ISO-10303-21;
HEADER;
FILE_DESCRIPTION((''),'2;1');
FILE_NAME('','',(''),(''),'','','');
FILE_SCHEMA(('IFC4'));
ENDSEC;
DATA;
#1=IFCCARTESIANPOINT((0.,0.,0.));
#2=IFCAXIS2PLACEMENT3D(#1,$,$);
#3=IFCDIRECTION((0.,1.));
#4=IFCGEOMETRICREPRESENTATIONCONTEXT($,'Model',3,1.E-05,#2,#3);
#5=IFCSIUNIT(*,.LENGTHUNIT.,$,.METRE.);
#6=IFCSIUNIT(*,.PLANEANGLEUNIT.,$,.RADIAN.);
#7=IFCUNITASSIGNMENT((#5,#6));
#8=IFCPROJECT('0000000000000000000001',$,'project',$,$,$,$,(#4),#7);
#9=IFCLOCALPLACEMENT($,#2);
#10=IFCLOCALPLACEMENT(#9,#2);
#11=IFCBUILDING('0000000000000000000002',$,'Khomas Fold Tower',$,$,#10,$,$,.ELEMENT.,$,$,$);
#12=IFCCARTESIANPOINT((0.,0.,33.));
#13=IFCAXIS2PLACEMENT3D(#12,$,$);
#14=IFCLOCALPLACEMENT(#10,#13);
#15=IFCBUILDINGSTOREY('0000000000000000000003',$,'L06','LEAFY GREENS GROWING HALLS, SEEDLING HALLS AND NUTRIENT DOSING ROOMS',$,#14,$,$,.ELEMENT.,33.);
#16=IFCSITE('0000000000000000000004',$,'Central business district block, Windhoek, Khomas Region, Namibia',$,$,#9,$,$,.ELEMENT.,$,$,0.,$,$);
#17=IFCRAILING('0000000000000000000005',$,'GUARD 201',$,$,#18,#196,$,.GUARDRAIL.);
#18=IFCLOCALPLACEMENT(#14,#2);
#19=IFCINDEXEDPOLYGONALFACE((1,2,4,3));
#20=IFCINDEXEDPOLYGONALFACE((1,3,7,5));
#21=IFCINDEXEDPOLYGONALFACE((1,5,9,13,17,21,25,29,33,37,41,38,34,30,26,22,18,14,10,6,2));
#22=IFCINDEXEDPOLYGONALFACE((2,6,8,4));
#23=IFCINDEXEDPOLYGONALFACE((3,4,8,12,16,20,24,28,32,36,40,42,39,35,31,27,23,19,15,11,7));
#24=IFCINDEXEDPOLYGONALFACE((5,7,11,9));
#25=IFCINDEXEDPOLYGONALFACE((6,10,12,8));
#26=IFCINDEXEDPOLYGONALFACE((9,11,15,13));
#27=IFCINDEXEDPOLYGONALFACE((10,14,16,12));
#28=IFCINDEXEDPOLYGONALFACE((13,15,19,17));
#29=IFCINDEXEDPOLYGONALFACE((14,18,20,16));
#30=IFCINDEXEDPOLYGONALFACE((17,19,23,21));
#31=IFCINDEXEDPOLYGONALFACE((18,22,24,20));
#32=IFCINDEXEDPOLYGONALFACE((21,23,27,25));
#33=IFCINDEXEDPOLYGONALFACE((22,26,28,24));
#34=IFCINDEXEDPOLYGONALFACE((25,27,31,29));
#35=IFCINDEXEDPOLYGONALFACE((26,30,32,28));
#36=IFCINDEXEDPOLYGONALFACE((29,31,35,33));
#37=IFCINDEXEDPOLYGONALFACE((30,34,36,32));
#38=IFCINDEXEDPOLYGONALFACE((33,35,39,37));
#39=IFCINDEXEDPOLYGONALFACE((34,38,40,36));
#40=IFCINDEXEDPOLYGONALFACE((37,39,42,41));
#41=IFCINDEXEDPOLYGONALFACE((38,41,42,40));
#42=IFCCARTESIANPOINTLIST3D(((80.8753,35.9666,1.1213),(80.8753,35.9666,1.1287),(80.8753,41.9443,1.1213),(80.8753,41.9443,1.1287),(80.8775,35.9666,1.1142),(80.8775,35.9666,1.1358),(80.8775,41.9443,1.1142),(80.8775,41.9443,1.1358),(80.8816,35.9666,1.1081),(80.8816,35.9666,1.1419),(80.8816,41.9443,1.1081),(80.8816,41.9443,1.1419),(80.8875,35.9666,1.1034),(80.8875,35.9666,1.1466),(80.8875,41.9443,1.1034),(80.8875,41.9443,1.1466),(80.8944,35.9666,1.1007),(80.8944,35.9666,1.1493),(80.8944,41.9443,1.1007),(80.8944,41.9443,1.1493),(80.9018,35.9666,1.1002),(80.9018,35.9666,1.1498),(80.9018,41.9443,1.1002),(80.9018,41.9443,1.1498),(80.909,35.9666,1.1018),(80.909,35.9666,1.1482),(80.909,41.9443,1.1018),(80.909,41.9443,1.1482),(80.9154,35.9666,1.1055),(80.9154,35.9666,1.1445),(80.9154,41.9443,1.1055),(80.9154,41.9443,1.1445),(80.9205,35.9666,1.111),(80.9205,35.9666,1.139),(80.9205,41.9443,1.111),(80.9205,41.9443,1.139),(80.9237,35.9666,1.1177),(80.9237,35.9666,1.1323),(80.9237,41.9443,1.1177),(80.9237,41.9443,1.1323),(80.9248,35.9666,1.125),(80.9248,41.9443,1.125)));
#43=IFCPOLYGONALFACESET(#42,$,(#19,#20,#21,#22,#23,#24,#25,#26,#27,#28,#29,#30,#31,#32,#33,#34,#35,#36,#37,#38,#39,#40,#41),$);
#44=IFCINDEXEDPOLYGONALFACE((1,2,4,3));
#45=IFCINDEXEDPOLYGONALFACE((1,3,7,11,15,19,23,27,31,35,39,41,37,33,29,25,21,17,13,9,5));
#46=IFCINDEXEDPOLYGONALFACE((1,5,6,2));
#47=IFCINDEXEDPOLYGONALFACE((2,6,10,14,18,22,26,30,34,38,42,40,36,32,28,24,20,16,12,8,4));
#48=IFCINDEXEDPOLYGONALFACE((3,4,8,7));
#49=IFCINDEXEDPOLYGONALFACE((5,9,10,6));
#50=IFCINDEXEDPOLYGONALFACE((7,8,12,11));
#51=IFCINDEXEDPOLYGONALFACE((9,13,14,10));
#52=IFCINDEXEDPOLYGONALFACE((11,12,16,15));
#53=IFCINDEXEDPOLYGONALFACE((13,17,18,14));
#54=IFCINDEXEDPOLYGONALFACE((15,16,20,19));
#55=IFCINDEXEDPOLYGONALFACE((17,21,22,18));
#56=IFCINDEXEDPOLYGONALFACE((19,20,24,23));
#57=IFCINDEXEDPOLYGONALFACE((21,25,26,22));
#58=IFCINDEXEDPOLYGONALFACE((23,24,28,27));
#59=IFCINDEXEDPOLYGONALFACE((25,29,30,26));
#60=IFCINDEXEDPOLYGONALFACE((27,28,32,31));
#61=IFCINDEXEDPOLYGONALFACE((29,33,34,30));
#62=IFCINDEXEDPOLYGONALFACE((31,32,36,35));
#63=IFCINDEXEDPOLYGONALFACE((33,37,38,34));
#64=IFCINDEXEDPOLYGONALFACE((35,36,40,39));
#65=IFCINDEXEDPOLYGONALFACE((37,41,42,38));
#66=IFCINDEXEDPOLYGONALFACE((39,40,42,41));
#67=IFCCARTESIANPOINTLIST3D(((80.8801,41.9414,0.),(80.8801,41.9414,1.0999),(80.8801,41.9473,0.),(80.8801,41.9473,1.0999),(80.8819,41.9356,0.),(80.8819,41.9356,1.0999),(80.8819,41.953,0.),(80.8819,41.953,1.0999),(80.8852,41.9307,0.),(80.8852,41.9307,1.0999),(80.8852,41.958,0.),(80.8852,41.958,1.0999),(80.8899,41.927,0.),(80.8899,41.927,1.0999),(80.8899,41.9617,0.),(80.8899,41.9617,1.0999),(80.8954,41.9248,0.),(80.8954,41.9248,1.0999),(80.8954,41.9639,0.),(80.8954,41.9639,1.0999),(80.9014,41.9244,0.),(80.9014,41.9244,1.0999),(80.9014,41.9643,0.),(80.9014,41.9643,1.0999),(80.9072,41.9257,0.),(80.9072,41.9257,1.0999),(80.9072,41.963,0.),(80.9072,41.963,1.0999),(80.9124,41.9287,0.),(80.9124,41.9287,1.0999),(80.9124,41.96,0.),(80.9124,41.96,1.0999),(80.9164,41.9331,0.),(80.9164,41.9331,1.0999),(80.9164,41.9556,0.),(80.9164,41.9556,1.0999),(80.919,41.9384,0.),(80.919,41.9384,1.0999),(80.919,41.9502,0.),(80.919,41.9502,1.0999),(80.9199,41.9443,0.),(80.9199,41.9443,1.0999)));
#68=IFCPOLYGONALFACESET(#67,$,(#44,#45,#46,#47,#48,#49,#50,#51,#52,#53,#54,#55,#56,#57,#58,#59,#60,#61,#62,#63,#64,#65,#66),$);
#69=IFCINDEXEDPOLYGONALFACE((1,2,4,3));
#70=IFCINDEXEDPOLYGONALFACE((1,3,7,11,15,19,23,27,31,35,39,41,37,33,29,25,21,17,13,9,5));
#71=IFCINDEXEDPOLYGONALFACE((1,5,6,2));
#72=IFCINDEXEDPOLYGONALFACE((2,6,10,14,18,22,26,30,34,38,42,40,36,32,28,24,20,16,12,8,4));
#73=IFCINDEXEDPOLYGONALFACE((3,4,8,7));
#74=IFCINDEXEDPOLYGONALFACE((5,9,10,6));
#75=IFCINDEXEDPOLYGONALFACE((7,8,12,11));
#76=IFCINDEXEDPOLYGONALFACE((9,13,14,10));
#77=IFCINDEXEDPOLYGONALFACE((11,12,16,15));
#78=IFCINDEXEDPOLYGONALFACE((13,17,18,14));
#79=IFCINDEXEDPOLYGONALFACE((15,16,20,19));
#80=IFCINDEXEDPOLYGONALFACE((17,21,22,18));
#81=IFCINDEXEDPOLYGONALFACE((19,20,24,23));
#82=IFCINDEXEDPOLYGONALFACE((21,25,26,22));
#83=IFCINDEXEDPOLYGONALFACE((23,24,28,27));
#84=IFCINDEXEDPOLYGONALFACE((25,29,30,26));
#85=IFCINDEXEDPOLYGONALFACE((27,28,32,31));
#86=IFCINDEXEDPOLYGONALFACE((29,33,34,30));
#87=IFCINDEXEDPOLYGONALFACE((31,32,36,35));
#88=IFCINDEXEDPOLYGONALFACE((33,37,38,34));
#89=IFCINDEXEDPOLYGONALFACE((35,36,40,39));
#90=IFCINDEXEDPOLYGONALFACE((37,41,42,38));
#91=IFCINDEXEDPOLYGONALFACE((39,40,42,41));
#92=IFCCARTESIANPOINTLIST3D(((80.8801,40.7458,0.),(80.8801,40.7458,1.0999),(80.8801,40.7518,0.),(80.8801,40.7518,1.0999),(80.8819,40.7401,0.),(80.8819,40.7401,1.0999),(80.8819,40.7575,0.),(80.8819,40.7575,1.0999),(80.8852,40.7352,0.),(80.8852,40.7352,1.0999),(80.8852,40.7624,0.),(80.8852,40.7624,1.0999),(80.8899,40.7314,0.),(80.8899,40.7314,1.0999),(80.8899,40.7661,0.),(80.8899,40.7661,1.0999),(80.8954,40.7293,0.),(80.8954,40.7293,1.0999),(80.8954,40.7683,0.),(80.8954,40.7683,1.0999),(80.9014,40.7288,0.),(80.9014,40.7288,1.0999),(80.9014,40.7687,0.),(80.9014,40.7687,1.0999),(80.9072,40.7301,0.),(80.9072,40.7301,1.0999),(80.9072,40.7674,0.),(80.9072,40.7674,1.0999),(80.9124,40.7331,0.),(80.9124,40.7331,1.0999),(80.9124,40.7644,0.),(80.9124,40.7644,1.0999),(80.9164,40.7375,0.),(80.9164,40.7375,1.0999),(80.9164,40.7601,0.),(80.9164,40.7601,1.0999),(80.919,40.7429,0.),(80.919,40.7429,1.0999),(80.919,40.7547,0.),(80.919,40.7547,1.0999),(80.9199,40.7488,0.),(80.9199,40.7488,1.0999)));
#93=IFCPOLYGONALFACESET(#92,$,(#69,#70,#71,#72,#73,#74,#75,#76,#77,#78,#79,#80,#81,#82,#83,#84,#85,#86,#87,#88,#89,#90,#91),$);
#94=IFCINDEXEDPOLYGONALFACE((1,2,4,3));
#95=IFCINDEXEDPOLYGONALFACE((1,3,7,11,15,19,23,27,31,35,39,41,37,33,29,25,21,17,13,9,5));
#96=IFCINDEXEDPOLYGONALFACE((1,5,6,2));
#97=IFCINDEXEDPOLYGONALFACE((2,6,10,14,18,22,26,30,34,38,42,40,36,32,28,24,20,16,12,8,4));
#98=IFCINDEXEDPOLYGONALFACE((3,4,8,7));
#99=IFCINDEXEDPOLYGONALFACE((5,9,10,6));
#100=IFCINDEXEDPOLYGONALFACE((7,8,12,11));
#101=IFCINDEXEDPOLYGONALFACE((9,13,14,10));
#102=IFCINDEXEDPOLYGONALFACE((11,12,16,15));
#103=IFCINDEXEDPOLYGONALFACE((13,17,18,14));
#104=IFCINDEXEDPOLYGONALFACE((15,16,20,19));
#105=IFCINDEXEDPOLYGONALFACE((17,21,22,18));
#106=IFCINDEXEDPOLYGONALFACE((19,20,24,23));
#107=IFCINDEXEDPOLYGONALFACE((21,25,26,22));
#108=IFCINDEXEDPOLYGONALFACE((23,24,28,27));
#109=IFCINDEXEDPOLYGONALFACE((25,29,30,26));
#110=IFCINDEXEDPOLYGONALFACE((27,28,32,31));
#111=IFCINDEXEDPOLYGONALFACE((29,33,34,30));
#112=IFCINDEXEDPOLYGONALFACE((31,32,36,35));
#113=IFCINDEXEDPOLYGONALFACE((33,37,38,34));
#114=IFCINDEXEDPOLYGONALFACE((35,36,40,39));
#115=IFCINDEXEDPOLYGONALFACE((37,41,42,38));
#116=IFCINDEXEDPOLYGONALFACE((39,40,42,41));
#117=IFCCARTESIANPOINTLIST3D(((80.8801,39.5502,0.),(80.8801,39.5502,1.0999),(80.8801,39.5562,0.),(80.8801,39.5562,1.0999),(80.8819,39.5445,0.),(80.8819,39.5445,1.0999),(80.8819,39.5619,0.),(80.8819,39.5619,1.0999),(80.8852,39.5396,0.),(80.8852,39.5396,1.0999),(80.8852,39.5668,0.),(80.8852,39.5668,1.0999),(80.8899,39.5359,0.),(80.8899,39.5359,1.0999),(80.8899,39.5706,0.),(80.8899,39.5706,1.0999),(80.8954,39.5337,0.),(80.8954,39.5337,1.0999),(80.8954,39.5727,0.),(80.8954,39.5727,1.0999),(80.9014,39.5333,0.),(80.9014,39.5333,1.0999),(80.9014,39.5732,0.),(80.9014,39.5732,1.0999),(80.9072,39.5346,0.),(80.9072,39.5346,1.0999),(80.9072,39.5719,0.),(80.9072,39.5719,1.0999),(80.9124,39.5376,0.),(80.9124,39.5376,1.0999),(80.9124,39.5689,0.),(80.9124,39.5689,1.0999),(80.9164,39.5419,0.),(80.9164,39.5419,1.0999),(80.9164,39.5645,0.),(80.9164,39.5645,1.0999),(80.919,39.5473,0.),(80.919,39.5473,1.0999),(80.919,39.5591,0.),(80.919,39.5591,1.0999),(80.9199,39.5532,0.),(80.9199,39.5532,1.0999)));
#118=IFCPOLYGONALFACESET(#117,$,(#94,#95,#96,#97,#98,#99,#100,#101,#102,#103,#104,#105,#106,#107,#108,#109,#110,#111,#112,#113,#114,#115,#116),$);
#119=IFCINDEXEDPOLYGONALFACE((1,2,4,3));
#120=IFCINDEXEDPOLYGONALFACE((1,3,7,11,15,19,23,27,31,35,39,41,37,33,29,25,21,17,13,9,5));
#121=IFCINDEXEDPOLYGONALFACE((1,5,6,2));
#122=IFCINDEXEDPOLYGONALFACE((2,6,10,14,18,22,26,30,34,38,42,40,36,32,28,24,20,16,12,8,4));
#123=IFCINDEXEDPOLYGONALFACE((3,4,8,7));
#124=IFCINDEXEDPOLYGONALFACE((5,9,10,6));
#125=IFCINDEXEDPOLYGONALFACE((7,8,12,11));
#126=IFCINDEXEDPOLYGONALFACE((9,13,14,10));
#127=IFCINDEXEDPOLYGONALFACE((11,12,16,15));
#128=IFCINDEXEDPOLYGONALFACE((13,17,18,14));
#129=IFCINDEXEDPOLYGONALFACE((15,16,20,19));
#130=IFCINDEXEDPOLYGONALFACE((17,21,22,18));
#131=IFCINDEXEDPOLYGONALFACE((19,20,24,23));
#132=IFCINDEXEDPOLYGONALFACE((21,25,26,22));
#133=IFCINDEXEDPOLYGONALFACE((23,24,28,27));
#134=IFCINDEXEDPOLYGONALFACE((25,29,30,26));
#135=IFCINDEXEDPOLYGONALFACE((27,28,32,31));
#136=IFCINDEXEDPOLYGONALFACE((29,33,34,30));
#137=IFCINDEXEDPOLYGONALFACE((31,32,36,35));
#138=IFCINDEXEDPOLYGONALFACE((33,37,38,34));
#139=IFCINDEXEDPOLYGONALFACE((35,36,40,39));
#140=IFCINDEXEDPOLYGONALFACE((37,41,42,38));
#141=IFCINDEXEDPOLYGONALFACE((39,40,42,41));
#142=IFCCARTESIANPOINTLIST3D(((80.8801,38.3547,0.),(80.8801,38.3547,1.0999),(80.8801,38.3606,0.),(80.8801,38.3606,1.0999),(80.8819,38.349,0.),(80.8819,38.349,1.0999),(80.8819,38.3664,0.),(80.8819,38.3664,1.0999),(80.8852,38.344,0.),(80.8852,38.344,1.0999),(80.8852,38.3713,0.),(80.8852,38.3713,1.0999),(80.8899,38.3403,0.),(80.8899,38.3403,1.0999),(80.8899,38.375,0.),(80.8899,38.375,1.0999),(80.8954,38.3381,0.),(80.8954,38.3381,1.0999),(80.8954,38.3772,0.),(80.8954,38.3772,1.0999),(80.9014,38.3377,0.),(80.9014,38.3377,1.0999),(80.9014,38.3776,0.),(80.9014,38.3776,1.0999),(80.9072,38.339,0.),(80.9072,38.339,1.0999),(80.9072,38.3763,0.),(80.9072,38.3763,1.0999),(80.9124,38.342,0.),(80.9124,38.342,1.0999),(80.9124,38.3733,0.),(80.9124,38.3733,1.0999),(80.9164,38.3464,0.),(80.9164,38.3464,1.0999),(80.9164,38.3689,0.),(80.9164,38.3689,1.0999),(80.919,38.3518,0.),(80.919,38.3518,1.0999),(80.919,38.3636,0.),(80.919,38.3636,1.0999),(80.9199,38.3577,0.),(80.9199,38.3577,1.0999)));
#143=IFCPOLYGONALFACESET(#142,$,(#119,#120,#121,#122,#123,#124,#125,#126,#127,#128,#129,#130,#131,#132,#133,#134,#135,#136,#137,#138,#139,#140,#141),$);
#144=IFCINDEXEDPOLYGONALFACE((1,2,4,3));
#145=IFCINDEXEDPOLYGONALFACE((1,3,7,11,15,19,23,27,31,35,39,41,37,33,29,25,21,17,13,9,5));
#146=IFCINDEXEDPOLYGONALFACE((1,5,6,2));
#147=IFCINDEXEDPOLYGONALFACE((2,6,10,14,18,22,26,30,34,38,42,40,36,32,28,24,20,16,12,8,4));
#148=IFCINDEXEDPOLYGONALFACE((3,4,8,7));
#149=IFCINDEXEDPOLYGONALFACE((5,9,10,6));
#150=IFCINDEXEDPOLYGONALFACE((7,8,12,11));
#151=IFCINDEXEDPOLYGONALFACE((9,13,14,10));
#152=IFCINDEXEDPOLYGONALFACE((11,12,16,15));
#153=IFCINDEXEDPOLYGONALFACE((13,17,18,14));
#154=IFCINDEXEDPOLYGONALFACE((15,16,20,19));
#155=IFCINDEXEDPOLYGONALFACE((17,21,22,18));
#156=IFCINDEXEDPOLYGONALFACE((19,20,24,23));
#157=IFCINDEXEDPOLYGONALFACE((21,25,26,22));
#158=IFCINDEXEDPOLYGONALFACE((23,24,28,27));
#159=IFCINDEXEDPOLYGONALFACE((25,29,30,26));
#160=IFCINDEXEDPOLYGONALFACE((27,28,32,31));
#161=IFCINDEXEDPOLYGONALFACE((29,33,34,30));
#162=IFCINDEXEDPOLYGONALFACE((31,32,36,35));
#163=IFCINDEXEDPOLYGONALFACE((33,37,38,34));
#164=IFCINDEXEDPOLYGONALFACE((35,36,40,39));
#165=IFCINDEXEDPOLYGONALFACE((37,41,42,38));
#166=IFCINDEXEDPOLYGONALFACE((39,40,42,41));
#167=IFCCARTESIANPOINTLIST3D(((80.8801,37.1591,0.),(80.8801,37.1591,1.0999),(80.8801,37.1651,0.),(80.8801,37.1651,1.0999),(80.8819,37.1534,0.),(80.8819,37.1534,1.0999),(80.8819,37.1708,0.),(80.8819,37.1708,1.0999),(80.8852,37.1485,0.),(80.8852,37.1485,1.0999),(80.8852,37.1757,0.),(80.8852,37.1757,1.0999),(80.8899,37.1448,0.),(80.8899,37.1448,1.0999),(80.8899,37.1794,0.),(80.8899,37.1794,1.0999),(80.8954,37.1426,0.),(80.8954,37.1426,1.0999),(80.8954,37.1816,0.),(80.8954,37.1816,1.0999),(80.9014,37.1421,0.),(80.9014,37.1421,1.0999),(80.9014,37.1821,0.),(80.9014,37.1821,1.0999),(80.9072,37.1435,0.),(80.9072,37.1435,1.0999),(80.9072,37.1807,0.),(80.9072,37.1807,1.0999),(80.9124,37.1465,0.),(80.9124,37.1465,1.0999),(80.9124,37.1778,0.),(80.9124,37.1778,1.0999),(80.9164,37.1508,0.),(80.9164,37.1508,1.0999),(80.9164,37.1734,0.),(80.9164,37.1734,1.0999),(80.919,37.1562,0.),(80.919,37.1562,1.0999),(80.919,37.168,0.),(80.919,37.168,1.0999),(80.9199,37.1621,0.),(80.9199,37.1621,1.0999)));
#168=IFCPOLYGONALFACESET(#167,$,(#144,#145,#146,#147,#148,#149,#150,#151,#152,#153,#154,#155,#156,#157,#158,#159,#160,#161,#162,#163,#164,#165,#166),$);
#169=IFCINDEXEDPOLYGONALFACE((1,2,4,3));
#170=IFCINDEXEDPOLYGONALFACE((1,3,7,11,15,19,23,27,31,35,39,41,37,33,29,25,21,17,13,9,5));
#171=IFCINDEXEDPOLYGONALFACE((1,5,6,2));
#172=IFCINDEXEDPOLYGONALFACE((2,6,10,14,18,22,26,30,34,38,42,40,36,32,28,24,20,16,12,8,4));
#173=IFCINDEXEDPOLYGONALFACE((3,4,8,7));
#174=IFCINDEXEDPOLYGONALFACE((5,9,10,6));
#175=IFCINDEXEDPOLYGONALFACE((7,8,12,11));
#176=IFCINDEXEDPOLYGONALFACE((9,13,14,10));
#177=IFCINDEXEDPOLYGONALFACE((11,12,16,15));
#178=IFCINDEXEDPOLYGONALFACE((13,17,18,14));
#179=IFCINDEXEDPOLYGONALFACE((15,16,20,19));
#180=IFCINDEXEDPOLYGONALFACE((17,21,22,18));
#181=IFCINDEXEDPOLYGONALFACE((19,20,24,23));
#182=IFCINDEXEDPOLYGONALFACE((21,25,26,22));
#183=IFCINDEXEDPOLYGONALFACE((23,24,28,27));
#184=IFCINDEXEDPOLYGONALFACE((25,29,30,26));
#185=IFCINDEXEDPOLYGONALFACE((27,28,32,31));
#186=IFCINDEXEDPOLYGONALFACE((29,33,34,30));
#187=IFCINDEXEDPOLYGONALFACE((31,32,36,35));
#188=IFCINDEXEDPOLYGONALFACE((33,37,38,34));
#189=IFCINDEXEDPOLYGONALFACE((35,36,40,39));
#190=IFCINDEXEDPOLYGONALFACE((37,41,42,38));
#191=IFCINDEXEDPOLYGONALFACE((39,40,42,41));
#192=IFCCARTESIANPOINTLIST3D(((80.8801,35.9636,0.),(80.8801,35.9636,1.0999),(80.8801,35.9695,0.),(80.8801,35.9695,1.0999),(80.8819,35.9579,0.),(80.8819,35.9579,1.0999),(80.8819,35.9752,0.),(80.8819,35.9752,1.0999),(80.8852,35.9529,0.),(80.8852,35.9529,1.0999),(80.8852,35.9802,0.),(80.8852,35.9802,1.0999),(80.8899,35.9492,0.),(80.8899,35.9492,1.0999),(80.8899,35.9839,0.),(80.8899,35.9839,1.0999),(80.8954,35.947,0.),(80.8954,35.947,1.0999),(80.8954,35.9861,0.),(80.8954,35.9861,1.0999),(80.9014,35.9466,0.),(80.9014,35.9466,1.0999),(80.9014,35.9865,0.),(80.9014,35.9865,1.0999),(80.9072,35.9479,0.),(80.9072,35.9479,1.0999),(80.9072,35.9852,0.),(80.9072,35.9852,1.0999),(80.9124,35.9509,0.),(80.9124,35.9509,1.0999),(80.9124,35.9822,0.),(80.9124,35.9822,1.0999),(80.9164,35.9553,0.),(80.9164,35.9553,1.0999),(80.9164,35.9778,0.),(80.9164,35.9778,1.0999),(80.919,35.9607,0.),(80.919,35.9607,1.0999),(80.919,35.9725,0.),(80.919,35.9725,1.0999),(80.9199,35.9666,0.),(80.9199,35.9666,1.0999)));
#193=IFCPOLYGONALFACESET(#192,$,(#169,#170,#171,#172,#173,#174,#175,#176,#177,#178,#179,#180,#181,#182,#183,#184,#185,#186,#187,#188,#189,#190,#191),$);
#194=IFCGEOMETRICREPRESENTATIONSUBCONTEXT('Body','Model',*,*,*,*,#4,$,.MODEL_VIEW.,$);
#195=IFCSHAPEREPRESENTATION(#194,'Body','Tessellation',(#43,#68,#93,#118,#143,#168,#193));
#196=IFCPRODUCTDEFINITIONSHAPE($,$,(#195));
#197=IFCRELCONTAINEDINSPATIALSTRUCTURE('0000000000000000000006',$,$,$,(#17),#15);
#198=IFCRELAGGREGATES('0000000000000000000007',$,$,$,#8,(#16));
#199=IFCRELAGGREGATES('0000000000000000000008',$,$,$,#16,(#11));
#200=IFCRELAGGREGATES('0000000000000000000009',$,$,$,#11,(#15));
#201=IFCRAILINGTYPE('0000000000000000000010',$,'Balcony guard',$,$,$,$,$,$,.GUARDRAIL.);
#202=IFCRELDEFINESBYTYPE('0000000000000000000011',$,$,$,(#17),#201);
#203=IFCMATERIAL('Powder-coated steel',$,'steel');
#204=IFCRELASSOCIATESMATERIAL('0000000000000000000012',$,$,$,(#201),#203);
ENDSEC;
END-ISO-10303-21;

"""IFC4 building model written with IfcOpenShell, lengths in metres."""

from ifc_helpers import new_model, si_unit, direction, frame, origin, origin_2d, place, context, subcontext, project, spatial, circle, extrude, source, transform, mapped, material, type_object, element, save


model = new_model("IFC4")

# Units and contexts
model_context = context("Model", 3, precision=1e-05, world=origin(), true_north=direction((0.0, 1.0)))
body_context = subcontext(model_context, "Body", "Model", "MODEL_VIEW")
ifc_project = project(units=[si_unit("LENGTHUNIT", "METRE"), si_unit("PLANEANGLEUNIT", "RADIAN")], contexts=[model_context])

# Site, building, storey
site_placement = place(None, origin())
site = spatial("IfcSite", under=ifc_project, at=site_placement, Name="Central business district block, Windhoek, Khomas Region, Namibia", CompositionType="ELEMENT", RefElevation=0.0)
building_placement = place(site_placement, origin())
building = spatial("IfcBuilding", under=site, at=building_placement, Name="Khomas Fold Tower", CompositionType="ELEMENT")
storey_placement = place(building_placement, frame((0.0, 0.0, 33.0)))
storey = spatial("IfcBuildingStorey", under=building, at=storey_placement, Name="L06", Description="LEAFY GREENS GROWING HALLS, SEEDLING HALLS AND NUTRIENT DOSING ROOMS", CompositionType="ELEMENT", Elevation=33.0)

# Railing
ifc_material_1 = material(Name="Powder-coated steel", Category="steel")
railing_type_1 = type_object("IfcRailingType", Name="Balcony guard", PredefinedType="GUARDRAIL", material=ifc_material_1)
shared_shape_1 = source(origin(), body_context, "Body", "SweptSolid", [
    extrude(circle(Radius=0.0249, at=origin_2d()), frame((0.0, 0.0, 1.125), z_axis=(0.0, -1.0, 0.0), x_axis=(1.0, 0.0, 0.0)), (0.0, 0.0, 1.0), 5.9778),
    extrude(circle(Radius=0.02, at=origin_2d()), origin(), (0.0, 0.0, 1.0), 1.0999),
    extrude(circle(Radius=0.02, at=origin_2d()), frame((0.0, -1.1956, 0.0)), (0.0, 0.0, 1.0), 1.0999),
    extrude(circle(Radius=0.02, at=origin_2d()), frame((0.0, -2.3911, 0.0)), (0.0, 0.0, 1.0), 1.0999),
    extrude(circle(Radius=0.02, at=origin_2d()), frame((0.0, -3.5867, 0.0)), (0.0, 0.0, 1.0), 1.0999),
    extrude(circle(Radius=0.02, at=origin_2d()), frame((0.0, -4.7822, 0.0)), (0.0, 0.0, 1.0), 1.0999),
    extrude(circle(Radius=0.02, at=origin_2d()), frame((0.0, -5.9778, 0.0)), (0.0, 0.0, 1.0), 1.0999),
])
for number, where, name in (
    (1, (80.8999, 41.9443, 0.0), "GUARD 201"),
):
    element("IfcRailing", number, at=place(storey_placement, frame(where)), inside=storey, type_object=railing_type_1, Name=name, PredefinedType="GUARDRAIL", context=body_context, shape_type="MappedRepresentation", body=[
        mapped(shared_shape_1, transform((0.0, 0.0, 0.0))),
    ])

save(model, "model.ifc")
